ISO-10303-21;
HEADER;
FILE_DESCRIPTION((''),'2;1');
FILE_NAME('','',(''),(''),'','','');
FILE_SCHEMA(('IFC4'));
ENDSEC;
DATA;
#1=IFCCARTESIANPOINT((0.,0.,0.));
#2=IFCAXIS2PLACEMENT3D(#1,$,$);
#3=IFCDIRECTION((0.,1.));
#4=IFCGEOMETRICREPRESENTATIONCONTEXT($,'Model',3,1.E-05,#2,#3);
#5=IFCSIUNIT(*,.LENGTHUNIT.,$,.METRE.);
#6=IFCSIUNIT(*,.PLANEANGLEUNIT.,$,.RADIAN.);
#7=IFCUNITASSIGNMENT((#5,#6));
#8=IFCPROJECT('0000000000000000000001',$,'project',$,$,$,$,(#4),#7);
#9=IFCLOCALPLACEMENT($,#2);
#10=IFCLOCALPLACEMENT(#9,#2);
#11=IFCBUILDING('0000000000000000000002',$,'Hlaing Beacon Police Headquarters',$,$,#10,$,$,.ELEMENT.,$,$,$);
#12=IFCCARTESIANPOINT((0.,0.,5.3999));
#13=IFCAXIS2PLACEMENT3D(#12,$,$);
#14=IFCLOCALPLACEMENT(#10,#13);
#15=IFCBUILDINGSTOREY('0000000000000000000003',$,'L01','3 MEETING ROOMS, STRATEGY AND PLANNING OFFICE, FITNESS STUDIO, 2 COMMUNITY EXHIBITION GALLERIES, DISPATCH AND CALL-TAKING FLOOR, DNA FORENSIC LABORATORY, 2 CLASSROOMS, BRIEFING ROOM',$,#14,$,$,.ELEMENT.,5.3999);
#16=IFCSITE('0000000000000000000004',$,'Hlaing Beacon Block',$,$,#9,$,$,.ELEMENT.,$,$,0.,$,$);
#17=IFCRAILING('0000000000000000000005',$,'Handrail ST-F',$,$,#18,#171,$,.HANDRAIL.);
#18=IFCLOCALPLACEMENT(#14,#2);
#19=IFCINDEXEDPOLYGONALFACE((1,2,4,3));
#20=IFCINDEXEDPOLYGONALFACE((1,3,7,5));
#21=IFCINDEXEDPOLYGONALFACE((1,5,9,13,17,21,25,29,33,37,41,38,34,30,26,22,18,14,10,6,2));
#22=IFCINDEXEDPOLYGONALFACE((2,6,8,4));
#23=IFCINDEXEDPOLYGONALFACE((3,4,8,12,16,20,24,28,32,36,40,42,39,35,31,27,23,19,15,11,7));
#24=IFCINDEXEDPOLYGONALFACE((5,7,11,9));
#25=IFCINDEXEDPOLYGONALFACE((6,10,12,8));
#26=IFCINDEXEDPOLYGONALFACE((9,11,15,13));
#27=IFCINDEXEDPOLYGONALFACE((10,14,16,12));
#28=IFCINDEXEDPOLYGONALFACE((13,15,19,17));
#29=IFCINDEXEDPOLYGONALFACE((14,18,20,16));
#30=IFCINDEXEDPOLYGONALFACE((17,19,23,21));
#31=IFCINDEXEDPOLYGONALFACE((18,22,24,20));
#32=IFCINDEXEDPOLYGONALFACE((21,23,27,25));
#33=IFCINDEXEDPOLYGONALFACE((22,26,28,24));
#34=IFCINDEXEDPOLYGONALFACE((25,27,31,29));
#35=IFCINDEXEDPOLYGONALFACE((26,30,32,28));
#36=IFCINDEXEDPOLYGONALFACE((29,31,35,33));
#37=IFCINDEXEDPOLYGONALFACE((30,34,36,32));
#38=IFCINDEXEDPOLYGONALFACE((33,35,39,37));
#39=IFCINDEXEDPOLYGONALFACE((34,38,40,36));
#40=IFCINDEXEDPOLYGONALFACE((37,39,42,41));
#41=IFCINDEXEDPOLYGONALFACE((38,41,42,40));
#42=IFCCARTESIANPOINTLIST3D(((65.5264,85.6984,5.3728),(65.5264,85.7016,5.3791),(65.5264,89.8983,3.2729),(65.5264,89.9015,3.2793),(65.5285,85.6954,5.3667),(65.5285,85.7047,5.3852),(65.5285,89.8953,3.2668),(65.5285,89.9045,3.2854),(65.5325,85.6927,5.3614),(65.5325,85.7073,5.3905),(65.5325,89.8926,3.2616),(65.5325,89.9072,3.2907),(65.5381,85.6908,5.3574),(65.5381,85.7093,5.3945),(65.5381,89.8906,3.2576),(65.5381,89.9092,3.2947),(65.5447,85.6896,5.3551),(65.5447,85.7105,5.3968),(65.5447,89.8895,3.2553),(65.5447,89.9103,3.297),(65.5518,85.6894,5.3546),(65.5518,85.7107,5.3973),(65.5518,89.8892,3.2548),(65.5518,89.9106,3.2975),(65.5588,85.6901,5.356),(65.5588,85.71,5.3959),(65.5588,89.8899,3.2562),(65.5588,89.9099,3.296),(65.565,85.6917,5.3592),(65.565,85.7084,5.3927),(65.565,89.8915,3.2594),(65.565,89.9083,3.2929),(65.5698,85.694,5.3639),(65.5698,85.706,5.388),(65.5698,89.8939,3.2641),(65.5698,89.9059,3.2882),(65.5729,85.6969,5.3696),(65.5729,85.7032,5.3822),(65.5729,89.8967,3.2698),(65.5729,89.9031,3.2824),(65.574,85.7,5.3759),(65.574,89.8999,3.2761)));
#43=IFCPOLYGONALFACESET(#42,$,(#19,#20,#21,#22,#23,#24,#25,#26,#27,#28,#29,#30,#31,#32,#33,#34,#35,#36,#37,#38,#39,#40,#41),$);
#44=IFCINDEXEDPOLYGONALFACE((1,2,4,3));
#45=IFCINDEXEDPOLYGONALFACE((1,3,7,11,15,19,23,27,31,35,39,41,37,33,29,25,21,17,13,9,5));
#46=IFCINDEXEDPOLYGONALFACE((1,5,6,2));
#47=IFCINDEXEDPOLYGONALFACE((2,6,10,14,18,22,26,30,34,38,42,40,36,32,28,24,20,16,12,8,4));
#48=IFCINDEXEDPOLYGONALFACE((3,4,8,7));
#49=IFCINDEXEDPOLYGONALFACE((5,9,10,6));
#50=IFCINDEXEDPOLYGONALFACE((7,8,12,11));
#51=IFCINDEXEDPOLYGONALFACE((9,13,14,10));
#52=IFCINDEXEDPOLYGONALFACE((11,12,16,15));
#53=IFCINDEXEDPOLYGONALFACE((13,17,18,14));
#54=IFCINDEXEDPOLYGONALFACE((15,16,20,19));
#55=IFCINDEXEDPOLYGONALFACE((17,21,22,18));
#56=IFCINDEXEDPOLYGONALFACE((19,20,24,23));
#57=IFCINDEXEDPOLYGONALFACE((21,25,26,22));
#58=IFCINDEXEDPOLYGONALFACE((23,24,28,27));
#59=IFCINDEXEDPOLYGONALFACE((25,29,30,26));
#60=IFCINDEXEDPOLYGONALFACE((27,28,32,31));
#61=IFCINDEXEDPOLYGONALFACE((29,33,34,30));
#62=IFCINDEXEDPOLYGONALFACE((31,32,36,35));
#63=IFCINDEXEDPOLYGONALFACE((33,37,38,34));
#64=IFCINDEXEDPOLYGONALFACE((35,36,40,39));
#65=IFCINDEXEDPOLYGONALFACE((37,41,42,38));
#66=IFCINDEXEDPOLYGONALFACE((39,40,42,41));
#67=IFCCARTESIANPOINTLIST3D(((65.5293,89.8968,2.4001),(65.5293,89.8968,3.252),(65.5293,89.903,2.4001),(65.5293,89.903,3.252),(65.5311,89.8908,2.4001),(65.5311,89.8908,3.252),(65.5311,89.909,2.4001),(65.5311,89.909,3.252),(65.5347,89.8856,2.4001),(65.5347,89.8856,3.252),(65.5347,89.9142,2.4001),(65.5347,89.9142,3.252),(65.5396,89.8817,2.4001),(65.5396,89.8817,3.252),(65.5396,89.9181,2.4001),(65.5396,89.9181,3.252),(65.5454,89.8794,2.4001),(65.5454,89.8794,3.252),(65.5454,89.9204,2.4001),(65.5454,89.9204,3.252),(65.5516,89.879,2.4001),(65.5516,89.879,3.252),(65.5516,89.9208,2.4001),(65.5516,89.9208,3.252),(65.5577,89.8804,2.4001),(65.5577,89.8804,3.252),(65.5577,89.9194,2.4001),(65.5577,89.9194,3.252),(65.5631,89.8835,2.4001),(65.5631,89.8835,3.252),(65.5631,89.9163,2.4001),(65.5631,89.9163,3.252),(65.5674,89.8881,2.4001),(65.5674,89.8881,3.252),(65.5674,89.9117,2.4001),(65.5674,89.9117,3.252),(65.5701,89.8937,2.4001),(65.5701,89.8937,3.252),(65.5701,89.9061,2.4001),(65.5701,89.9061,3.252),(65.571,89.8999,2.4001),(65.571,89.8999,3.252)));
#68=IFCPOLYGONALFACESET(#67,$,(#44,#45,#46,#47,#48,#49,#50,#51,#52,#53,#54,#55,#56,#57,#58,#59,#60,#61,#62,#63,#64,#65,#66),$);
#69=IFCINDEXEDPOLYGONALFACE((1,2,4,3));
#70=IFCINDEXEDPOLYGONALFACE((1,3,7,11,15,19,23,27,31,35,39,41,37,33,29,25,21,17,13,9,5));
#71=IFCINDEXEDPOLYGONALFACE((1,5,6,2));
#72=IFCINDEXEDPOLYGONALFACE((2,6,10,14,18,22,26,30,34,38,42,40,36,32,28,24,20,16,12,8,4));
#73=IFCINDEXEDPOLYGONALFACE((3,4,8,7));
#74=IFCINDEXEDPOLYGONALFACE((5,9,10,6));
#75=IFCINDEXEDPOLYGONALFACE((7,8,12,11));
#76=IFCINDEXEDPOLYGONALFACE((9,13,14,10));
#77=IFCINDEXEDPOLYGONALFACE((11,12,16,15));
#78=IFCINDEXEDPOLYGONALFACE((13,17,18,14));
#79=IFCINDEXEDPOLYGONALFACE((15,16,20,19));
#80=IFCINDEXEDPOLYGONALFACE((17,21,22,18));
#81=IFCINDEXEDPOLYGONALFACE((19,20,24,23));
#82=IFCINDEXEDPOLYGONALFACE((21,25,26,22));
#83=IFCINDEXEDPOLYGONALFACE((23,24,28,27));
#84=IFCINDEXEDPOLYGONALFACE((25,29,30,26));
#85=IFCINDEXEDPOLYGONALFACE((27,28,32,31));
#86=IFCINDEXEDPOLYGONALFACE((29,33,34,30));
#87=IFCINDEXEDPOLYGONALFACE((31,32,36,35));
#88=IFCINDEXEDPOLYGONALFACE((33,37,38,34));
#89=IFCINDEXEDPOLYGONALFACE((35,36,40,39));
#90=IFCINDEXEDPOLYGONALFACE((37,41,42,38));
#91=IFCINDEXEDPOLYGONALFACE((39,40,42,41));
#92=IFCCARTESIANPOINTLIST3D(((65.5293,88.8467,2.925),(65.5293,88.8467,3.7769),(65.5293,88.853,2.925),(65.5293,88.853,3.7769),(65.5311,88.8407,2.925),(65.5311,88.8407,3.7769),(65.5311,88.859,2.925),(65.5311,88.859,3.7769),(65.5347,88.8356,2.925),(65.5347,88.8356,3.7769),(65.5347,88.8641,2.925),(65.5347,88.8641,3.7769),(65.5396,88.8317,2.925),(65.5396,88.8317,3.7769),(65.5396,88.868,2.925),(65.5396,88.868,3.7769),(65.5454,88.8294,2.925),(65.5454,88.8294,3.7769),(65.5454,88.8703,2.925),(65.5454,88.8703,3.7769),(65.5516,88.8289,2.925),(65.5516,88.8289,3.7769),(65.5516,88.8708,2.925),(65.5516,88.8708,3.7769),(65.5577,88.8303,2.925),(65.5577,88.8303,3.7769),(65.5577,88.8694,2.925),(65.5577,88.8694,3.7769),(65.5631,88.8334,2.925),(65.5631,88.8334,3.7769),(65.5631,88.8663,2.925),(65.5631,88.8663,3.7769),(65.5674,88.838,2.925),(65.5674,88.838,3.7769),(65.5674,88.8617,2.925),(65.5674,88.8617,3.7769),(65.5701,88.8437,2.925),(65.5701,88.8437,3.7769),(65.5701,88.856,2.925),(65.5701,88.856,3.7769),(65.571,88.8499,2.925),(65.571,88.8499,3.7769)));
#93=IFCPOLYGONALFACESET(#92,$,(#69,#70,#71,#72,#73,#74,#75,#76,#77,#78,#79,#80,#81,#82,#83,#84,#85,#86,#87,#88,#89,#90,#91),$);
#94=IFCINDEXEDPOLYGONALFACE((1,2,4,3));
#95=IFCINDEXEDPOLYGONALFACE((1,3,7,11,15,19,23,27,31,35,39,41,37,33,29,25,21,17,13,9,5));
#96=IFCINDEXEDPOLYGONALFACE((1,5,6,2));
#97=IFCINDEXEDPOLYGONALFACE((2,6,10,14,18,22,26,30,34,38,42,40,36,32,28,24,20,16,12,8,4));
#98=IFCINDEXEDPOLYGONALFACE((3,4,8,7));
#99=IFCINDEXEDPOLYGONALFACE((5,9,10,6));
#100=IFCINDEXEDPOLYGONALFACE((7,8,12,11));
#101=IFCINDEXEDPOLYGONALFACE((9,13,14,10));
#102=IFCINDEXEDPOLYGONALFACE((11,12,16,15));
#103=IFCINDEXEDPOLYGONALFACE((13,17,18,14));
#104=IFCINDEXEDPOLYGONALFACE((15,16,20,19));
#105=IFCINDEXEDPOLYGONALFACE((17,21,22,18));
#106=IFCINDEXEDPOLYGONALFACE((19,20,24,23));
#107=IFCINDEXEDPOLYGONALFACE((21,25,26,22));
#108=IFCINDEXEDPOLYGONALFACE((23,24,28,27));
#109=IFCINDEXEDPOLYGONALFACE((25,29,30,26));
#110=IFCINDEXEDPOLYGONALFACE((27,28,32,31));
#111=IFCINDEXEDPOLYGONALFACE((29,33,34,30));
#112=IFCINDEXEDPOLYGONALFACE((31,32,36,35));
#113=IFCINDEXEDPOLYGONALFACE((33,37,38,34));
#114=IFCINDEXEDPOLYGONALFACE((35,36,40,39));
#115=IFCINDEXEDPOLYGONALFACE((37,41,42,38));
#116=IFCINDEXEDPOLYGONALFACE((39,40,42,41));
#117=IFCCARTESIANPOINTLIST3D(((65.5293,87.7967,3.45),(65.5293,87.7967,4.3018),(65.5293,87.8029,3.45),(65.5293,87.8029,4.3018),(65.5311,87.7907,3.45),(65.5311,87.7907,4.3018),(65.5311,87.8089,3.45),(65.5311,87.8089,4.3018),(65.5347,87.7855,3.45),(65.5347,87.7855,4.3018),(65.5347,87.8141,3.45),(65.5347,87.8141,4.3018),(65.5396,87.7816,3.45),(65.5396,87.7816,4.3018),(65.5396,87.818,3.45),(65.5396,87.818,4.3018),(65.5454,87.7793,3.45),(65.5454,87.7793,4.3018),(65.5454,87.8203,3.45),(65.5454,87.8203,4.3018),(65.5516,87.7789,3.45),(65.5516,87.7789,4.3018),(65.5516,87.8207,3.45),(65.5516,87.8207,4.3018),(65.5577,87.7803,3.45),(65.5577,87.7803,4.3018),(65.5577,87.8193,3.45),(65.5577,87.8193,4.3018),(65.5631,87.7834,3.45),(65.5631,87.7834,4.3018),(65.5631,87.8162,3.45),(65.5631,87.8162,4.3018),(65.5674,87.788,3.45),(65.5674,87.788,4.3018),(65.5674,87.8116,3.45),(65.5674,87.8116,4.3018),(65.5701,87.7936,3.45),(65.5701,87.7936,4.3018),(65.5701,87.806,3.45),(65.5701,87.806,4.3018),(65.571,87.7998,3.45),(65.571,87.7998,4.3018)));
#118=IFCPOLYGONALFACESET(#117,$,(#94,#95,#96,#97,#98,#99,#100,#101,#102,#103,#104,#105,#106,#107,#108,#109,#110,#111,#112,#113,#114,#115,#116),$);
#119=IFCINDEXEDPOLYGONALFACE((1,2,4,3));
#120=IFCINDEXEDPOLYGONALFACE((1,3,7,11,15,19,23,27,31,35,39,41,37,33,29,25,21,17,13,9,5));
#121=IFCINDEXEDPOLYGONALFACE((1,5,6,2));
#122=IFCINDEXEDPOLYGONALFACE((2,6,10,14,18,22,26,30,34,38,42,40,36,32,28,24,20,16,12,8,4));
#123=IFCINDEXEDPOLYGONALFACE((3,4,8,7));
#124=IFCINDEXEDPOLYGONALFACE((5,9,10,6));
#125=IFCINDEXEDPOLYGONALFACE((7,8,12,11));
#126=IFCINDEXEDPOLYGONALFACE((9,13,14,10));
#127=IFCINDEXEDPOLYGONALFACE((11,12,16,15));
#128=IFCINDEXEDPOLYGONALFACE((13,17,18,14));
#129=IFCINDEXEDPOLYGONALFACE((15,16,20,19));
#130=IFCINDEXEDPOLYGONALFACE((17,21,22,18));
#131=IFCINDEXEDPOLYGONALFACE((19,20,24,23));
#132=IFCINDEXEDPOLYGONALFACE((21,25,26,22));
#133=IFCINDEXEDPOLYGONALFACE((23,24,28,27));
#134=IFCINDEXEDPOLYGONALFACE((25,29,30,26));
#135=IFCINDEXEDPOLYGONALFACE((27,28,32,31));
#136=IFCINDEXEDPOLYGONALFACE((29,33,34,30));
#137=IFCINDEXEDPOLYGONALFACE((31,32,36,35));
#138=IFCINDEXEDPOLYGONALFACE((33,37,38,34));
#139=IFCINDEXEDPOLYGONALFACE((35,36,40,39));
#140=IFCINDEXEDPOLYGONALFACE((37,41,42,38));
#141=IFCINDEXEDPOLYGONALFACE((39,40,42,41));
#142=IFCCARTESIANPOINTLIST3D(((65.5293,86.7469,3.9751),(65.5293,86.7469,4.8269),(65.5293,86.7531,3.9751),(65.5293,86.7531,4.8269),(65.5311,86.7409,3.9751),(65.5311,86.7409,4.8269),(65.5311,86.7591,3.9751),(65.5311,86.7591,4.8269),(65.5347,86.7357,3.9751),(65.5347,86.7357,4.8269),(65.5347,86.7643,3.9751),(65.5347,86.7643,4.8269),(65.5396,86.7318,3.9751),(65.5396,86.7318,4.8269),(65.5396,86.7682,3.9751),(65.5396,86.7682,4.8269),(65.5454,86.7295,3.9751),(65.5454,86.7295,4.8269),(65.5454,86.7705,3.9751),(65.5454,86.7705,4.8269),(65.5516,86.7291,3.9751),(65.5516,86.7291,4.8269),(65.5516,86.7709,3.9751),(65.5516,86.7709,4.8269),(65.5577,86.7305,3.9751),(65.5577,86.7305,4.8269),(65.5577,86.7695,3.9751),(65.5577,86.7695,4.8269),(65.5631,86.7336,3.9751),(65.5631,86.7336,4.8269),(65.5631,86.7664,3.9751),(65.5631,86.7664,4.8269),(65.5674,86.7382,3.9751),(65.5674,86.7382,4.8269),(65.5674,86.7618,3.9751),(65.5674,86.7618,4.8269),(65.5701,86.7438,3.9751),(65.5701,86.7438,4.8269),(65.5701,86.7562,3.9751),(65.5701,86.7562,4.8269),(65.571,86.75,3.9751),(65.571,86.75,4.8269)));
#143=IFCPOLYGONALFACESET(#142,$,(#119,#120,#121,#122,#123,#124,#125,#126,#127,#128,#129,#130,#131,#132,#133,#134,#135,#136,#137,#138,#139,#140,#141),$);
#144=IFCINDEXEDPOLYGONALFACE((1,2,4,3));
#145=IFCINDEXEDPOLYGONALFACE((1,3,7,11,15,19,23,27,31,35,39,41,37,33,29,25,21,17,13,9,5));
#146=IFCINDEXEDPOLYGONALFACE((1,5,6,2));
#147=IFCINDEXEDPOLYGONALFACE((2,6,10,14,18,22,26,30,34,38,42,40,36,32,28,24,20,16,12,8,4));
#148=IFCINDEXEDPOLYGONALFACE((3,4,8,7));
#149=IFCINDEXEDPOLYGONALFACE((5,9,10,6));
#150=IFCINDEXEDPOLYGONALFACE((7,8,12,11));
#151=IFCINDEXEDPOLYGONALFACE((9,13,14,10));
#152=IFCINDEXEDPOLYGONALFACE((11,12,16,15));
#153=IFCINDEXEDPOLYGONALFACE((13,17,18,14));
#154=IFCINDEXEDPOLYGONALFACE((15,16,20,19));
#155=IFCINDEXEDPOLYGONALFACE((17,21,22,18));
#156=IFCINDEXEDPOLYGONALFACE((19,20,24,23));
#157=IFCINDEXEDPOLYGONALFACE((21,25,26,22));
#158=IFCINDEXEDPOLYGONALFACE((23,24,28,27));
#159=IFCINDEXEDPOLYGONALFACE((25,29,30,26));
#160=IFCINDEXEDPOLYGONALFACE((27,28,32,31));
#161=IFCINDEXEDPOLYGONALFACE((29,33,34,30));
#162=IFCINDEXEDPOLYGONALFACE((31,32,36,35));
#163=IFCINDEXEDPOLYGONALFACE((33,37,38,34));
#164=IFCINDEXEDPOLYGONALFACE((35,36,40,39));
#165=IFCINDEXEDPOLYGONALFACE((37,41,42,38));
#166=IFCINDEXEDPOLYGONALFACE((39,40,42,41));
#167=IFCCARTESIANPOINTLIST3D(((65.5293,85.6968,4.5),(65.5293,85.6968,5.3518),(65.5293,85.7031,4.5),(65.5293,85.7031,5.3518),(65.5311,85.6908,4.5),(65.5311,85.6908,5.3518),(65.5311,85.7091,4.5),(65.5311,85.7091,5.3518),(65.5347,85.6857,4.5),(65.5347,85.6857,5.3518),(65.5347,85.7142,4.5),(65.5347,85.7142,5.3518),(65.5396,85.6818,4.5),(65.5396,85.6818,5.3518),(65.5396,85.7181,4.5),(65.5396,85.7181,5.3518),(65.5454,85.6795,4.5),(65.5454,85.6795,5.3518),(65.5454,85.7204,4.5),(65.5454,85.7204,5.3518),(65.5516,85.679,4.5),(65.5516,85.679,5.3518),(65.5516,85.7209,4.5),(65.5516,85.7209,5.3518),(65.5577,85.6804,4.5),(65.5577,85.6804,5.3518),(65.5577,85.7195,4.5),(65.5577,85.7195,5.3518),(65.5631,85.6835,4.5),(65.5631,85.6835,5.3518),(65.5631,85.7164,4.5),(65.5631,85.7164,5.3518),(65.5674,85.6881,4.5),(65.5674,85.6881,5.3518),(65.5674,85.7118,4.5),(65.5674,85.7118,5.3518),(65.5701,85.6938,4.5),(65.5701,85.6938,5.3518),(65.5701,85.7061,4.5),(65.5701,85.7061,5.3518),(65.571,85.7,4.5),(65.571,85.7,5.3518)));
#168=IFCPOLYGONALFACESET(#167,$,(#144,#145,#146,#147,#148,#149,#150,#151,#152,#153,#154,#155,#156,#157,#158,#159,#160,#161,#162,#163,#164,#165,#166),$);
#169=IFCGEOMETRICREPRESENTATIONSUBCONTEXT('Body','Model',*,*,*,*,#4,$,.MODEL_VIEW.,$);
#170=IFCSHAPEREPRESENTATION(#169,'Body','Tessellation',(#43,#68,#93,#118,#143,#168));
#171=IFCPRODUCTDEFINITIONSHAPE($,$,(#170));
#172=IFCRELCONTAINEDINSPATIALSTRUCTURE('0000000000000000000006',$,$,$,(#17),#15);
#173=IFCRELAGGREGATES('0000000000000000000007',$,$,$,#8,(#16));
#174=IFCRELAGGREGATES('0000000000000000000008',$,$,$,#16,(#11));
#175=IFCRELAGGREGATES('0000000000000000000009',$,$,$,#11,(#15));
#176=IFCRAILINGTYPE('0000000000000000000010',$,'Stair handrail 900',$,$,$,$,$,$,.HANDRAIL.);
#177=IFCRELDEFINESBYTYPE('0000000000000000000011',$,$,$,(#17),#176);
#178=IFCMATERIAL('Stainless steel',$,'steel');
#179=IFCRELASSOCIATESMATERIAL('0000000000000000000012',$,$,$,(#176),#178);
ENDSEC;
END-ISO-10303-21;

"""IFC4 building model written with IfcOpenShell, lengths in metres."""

from ifc_helpers import new_model, si_unit, direction, frame, origin, origin_2d, place, context, subcontext, project, spatial, circle, extrude, material, type_object, element, save


model = new_model("IFC4")

# Units and contexts
model_context = context("Model", 3, precision=1e-05, world=origin(), true_north=direction((0.0, 1.0)))
body_context = subcontext(model_context, "Body", "Model", "MODEL_VIEW")
ifc_project = project(units=[si_unit("LENGTHUNIT", "METRE"), si_unit("PLANEANGLEUNIT", "RADIAN")], contexts=[model_context])

# Site, building, storey
site_placement = place(None, origin())
site = spatial("IfcSite", under=ifc_project, at=site_placement, Name="Hlaing Beacon Block", CompositionType="ELEMENT", RefElevation=0.0)
building_placement = place(site_placement, origin())
building = spatial("IfcBuilding", under=site, at=building_placement, Name="Hlaing Beacon Police Headquarters", CompositionType="ELEMENT")
storey_placement = place(building_placement, frame((0.0, 0.0, 5.3999)))
storey = spatial("IfcBuildingStorey", under=building, at=storey_placement, Name="L01", Description="3 MEETING ROOMS, STRATEGY AND PLANNING OFFICE, FITNESS STUDIO, 2 COMMUNITY EXHIBITION GALLERIES, DISPATCH AND CALL-TAKING FLOOR, DNA FORENSIC LABORATORY, 2 CLASSROOMS, BRIEFING ROOM", CompositionType="ELEMENT", Elevation=5.3999)

# Railing
ifc_material_1 = material(Name="Stainless steel", Category="steel")
railing_type_1 = type_object("IfcRailingType", Name="Stair handrail 900", PredefinedType="HANDRAIL", material=ifc_material_1)
for number, where, name in (
    (1, (65.55, 89.8999, 2.4001), "Handrail ST-F"),
):
    element("IfcRailing", number, at=place(storey_placement, frame(where)), inside=storey, type_object=railing_type_1, Name=name, PredefinedType="HANDRAIL", context=body_context, shape_type="SweptSolid", body=[
        extrude(circle(Radius=0.0239, at=origin_2d()), frame((0.0, 0.0, 0.876), z_axis=(0.0, -0.894438, 0.447193), x_axis=(1.0, 0.0, 0.0)), (0.0, 0.0, 1.0), 4.6956),
        extrude(circle(Radius=0.021, at=origin_2d()), origin(), (0.0, 0.0, 1.0), 0.8518),
        extrude(circle(Radius=0.021, at=origin_2d()), frame((0.0, -1.05, 0.5249)), (0.0, 0.0, 1.0), 0.8518),
        extrude(circle(Radius=0.021, at=origin_2d()), frame((0.0, -2.1001, 1.0498)), (0.0, 0.0, 1.0), 0.8518),
        extrude(circle(Radius=0.021, at=origin_2d()), frame((0.0, -3.1499, 1.575)), (0.0, 0.0, 1.0), 0.8518),
        extrude(circle(Radius=0.021, at=origin_2d()), frame((0.0, -4.2, 2.0999)), (0.0, 0.0, 1.0), 0.8518),
    ])

save(model, "model.ifc")
